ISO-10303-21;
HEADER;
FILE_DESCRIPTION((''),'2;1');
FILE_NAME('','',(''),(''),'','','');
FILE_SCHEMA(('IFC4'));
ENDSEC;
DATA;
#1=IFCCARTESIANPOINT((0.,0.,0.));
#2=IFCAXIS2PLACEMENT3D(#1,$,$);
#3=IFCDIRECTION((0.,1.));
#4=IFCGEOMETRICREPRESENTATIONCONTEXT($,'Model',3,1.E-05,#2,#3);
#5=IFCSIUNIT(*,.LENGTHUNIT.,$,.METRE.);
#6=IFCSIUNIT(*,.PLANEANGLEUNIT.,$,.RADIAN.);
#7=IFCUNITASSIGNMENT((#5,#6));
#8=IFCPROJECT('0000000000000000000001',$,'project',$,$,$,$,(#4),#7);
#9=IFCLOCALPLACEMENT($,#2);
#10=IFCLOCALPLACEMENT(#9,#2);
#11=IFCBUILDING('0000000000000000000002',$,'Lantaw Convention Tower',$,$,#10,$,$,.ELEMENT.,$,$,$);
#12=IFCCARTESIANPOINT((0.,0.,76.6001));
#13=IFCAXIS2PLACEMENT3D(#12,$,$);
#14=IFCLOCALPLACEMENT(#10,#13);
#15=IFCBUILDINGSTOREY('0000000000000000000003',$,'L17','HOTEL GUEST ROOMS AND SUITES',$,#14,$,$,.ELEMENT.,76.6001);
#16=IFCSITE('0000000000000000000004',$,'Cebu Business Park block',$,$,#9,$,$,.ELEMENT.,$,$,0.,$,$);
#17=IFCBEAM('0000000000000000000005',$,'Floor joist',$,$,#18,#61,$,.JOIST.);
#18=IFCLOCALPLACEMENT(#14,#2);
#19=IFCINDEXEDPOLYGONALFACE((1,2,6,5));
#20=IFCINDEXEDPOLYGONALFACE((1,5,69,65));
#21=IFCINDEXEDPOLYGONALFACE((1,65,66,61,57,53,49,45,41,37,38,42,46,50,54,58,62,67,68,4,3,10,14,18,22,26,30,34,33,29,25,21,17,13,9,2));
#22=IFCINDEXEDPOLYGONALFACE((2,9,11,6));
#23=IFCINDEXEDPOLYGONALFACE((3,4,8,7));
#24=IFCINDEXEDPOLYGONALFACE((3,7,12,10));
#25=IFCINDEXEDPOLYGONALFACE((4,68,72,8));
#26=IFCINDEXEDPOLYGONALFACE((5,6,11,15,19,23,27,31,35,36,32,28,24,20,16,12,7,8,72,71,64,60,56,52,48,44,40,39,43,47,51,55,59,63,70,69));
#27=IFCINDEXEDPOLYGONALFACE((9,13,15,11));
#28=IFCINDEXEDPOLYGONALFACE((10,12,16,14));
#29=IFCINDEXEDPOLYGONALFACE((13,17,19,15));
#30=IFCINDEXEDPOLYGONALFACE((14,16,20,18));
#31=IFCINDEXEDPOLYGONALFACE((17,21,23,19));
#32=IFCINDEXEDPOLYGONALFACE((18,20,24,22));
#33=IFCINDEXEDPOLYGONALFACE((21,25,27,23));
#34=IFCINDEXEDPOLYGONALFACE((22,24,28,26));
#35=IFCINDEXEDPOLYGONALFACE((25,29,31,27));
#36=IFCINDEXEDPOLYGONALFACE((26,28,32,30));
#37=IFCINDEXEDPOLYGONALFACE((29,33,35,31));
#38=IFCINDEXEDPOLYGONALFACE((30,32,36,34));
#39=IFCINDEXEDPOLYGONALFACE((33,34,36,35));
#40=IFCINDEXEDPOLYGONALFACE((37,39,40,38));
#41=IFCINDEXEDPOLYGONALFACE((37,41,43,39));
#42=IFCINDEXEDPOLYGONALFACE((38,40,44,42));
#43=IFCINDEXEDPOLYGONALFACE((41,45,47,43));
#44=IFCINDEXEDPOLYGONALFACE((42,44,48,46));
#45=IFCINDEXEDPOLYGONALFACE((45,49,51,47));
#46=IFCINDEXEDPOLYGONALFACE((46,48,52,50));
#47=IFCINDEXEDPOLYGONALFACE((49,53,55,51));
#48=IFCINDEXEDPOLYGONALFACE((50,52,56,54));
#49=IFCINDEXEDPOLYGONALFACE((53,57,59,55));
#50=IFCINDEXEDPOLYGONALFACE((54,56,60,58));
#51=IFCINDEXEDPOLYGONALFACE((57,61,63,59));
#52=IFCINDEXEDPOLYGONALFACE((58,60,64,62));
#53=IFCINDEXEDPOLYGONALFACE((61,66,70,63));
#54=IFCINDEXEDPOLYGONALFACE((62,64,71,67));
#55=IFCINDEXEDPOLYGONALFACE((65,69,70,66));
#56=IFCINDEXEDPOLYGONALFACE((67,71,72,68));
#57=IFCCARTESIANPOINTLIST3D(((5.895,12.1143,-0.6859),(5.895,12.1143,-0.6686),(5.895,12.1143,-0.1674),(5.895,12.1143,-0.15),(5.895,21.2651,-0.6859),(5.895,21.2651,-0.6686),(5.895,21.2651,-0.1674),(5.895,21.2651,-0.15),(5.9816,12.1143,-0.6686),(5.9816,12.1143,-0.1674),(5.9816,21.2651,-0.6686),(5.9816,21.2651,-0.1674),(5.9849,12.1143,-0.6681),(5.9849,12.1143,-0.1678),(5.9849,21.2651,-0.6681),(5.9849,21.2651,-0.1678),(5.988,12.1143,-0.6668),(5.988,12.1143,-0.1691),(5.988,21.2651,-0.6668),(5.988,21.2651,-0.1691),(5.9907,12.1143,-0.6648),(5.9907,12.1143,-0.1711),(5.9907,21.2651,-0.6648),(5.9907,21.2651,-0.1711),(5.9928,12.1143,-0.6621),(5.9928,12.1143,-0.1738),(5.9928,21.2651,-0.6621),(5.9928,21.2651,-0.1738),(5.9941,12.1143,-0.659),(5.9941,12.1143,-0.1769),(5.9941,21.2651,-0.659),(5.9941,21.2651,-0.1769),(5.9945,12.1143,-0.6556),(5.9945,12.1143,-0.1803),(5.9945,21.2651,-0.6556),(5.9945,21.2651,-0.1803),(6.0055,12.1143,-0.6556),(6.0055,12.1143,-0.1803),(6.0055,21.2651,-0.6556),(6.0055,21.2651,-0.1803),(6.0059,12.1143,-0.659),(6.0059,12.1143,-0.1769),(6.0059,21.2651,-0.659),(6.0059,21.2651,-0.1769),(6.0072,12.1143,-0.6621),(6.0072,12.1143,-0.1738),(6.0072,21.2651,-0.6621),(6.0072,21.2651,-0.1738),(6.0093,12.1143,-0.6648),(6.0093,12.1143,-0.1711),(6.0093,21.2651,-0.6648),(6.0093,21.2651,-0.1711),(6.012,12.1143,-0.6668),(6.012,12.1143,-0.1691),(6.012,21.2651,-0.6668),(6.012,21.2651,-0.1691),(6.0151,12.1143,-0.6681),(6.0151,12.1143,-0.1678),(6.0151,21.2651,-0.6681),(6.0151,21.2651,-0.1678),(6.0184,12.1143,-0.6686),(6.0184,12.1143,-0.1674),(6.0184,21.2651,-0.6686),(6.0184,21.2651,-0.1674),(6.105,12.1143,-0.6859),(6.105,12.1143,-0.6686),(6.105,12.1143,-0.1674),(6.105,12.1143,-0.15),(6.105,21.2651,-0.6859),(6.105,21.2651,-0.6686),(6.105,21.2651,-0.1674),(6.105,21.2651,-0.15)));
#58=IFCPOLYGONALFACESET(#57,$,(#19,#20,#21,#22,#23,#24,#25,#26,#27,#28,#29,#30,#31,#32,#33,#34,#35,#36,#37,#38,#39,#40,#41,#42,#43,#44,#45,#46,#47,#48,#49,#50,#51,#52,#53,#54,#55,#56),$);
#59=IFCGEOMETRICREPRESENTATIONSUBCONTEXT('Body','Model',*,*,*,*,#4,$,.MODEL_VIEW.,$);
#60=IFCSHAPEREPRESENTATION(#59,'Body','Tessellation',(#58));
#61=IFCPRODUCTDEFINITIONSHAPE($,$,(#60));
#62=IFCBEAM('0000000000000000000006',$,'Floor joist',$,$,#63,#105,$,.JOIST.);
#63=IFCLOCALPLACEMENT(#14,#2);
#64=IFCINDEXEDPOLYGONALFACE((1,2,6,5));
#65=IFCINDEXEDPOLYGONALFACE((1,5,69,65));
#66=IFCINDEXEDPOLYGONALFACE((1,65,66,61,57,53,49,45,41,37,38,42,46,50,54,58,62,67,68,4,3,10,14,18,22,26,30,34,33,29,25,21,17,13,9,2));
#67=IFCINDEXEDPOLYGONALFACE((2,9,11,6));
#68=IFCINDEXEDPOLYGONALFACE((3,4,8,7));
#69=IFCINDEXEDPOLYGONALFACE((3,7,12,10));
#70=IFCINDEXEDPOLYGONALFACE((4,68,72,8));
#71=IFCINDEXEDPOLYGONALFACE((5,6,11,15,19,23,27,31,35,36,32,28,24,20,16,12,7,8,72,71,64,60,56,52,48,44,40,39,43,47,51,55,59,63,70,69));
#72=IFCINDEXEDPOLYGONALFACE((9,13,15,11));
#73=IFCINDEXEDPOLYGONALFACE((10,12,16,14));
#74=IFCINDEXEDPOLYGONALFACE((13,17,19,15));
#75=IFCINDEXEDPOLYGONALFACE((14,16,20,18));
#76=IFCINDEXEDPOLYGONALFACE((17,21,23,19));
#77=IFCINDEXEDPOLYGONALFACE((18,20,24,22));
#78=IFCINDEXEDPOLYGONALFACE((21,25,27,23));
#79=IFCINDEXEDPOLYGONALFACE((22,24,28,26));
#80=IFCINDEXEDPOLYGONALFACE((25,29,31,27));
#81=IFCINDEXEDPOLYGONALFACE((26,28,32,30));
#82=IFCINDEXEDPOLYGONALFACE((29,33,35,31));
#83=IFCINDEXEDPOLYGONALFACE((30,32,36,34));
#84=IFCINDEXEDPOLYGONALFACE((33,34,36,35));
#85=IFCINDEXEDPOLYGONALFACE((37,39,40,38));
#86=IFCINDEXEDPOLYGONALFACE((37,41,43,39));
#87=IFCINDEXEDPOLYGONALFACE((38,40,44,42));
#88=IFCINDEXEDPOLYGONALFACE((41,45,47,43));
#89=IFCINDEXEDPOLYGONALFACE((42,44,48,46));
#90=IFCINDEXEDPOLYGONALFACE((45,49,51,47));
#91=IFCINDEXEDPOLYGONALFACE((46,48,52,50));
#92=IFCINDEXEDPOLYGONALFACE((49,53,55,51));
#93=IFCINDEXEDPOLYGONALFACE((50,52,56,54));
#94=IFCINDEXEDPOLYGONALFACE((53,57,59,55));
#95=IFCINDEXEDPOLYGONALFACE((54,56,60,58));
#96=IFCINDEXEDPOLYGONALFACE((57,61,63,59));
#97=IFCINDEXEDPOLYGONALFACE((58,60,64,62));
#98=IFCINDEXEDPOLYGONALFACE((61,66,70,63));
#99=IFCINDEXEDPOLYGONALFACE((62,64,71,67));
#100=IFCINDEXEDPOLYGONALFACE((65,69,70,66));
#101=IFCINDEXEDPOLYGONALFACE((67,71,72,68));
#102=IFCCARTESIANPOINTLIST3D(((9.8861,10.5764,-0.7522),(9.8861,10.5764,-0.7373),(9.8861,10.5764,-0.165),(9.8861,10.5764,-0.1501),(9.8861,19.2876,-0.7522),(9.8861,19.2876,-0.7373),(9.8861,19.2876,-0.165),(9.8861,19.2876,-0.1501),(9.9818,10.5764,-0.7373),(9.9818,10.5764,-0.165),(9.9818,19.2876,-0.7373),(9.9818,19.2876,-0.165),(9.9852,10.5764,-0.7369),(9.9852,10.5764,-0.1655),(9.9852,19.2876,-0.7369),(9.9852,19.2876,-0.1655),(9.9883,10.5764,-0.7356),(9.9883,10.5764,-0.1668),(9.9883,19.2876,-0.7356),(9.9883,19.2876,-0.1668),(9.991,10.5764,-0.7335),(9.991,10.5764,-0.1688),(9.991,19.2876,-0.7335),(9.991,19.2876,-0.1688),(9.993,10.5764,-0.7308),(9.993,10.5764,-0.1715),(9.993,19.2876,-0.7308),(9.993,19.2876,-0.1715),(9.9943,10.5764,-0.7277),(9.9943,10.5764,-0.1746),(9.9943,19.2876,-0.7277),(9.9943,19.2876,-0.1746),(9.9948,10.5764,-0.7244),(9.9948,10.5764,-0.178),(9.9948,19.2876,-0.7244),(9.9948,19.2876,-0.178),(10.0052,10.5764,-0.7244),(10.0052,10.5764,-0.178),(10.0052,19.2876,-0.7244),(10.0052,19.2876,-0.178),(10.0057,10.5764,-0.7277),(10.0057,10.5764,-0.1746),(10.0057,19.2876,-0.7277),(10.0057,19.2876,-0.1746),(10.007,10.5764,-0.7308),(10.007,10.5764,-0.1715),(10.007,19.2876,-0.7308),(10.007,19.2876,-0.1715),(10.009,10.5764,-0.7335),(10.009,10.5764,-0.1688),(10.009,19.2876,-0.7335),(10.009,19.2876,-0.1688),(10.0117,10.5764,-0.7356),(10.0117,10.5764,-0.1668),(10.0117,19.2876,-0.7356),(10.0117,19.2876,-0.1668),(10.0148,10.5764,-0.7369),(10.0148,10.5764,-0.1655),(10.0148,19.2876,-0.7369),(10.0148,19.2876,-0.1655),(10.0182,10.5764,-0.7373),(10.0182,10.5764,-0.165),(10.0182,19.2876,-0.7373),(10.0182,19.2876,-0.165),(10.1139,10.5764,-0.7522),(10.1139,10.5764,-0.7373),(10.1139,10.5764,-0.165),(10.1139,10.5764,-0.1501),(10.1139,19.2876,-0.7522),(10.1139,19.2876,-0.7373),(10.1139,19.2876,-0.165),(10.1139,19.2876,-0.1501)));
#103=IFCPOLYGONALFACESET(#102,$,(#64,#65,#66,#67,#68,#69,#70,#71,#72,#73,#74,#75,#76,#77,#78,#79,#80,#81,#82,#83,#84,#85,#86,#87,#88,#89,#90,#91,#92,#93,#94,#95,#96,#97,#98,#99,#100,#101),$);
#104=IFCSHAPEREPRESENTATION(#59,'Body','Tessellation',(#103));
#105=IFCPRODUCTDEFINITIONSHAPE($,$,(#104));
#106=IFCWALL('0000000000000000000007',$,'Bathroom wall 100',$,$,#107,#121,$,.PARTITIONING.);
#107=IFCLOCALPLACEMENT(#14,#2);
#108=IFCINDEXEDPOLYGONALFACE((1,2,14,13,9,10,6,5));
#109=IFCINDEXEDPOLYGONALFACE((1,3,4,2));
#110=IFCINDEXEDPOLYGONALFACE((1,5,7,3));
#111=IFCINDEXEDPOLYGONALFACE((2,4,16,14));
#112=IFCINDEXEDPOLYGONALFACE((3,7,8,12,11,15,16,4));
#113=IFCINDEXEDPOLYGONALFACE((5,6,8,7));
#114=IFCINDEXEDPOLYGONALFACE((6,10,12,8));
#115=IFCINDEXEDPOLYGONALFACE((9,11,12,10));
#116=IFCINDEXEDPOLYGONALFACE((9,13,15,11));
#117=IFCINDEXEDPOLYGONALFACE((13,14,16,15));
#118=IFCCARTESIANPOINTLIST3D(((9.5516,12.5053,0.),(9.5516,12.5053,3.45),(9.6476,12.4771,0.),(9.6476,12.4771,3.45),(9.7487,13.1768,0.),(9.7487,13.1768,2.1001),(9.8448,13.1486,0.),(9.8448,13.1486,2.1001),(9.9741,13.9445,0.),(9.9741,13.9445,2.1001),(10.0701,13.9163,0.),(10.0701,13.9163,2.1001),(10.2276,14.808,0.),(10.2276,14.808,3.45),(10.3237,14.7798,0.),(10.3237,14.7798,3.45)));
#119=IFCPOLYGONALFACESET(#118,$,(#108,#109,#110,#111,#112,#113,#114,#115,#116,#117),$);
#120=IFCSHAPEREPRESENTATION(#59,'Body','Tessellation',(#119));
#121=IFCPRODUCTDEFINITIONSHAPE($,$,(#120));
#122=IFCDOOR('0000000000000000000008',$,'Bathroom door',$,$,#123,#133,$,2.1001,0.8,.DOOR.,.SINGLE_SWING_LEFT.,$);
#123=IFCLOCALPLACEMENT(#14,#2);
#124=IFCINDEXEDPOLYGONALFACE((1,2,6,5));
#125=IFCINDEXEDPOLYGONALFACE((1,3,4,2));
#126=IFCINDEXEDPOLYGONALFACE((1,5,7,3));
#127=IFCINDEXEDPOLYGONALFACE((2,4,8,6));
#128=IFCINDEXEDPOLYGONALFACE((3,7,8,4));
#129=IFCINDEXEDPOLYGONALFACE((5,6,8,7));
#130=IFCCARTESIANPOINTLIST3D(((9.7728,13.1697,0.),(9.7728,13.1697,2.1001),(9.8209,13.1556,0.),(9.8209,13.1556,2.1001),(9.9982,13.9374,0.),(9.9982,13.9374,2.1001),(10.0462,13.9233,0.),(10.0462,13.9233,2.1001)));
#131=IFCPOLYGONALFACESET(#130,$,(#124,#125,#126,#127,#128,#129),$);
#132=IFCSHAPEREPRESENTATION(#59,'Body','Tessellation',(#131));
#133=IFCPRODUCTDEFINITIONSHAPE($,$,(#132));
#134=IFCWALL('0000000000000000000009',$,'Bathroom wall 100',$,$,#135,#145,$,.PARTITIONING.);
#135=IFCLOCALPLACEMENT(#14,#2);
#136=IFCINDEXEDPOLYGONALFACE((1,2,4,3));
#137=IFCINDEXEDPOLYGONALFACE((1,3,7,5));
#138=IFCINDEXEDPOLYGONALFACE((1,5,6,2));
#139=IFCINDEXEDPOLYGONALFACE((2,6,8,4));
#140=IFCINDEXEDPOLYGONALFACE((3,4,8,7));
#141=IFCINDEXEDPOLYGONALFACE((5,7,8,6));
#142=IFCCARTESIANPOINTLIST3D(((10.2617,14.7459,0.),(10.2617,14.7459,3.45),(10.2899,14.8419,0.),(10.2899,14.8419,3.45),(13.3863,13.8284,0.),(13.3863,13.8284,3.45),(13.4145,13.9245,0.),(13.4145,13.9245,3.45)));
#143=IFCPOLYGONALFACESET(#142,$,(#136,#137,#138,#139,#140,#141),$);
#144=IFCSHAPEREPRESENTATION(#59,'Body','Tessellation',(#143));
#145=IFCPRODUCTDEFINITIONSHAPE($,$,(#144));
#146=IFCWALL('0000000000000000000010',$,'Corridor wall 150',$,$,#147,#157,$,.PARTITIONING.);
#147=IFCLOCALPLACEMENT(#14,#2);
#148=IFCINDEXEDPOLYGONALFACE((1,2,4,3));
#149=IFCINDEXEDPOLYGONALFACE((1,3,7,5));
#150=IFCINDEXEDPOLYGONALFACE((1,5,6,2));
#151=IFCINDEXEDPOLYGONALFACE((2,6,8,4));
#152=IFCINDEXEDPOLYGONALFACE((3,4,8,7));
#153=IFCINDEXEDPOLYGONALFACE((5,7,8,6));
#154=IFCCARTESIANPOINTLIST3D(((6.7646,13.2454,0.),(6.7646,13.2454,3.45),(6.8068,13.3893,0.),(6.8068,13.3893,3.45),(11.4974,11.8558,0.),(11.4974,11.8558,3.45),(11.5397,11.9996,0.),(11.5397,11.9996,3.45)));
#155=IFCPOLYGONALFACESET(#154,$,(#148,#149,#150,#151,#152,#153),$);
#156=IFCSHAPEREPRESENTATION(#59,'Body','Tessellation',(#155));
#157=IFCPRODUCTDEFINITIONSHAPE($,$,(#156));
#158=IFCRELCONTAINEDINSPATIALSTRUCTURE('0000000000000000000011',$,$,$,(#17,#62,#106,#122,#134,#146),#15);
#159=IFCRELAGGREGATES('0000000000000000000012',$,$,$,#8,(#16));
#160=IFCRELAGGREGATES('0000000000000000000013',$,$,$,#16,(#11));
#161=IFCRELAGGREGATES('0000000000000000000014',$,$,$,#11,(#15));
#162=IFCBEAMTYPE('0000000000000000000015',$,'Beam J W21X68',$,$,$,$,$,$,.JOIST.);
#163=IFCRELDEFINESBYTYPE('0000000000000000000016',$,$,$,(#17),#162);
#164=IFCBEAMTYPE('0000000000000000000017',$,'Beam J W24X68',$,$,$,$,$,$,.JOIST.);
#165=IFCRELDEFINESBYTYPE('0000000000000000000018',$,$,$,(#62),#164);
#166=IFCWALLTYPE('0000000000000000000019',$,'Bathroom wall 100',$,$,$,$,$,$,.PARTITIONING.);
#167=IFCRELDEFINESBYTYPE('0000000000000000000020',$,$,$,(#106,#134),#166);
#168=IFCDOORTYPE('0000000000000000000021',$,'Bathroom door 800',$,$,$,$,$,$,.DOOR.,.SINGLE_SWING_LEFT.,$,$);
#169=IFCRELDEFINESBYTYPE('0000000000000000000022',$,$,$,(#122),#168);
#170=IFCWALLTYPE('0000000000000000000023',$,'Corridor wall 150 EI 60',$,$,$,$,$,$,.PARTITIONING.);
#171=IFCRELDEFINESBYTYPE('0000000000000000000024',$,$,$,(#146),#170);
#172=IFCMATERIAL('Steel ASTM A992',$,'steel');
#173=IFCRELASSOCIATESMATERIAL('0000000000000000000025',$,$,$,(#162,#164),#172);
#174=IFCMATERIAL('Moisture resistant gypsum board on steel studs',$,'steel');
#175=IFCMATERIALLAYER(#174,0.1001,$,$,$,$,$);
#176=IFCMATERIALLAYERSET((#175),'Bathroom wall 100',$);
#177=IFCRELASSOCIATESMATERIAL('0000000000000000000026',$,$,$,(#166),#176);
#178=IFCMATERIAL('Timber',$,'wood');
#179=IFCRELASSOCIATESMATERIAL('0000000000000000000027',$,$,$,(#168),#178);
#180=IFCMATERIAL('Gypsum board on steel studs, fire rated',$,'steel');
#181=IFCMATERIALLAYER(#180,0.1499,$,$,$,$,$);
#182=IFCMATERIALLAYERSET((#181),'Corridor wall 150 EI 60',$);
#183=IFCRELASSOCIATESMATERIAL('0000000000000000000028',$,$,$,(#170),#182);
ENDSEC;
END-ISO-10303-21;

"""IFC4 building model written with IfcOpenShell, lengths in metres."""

from ifc_helpers import new_model, si_unit, direction, frame, frame_2d, origin, origin_2d, place, context, subcontext, project, spatial, rectangle, i_section, extrude, material, layer, layer_set, material_profile, profile_set, type_object, element, fill, save


model = new_model("IFC4")

# Units and contexts
model_context = context("Model", 3, precision=1e-05, world=origin(), true_north=direction((0.0, 1.0)))
body_context = subcontext(model_context, "Body", "Model", "MODEL_VIEW")
ifc_project = project(units=[si_unit("LENGTHUNIT", "METRE"), si_unit("PLANEANGLEUNIT", "RADIAN")], contexts=[model_context])

# Site, building, storey
site_placement = place(None, origin())
site = spatial("IfcSite", under=ifc_project, at=site_placement, Name="Cebu Business Park block", CompositionType="ELEMENT", RefElevation=0.0)
building_placement = place(site_placement, origin())
building = spatial("IfcBuilding", under=site, at=building_placement, Name="Lantaw Convention Tower", CompositionType="ELEMENT")
storey_placement = place(building_placement, frame((0.0, 0.0, 76.6001)))
storey = spatial("IfcBuildingStorey", under=building, at=storey_placement, Name="L17", Description="HOTEL GUEST ROOMS AND SUITES", CompositionType="ELEMENT", Elevation=76.6001)

# Beams
ifc_material_1 = material(Name="Steel ASTM A992", Category="steel")
ifc_material_profile_1 = material_profile(ifc_material_1, i_section(OverallWidth=0.21, OverallDepth=0.5359, WebThickness=0.011, FlangeThickness=0.0173, FilletRadius=0.0129, at=origin_2d()), Name="W21X68")
ifc_profile_set_1 = profile_set([ifc_material_profile_1], Name="Steel ASTM A992")
beam_type_1 = type_object("IfcBeamType", Name="Beam J W21X68", PredefinedType="JOIST", material=ifc_profile_set_1)
beam_1_placement = place(storey_placement, frame((6.0, 12.1143, -0.418), z_axis=(0.0, 1.0, 0.0), x_axis=(-1.0, 0.0, 0.0)))
element("IfcBeam", 1, at=beam_1_placement, inside=storey, type_object=beam_type_1, Name="Floor joist", PredefinedType="JOIST", context=body_context, shape_type="SweptSolid", body=[
    extrude(i_section(OverallWidth=0.21, OverallDepth=0.5359, WebThickness=0.011, FlangeThickness=0.0173, FilletRadius=0.0129, at=origin_2d()), origin(), (0.0, 0.0, 1.0), 9.1509),
])
ifc_material_profile_2 = material_profile(ifc_material_1, i_section(OverallWidth=0.2278, OverallDepth=0.6021, WebThickness=0.0105, FlangeThickness=0.0149, FilletRadius=0.0129, at=origin_2d()), Name="W24X68")
ifc_profile_set_2 = profile_set([ifc_material_profile_2], Name="Steel ASTM A992")
beam_type_2 = type_object("IfcBeamType", Name="Beam J W24X68", PredefinedType="JOIST", material=ifc_profile_set_2)
beam_2_placement = place(storey_placement, frame((10.0, 10.5764, -0.4512), z_axis=(0.0, 1.0, 0.0), x_axis=(-1.0, 0.0, 0.0)))
element("IfcBeam", 2, at=beam_2_placement, inside=storey, type_object=beam_type_2, Name="Floor joist", PredefinedType="JOIST", context=body_context, shape_type="SweptSolid", body=[
    extrude(i_section(OverallWidth=0.2278, OverallDepth=0.6021, WebThickness=0.0105, FlangeThickness=0.0149, FilletRadius=0.0129, at=origin_2d()), origin(), (0.0, 0.0, 1.0), 8.7112),
])

# Wall, opening, door
ifc_material_2 = material(Name="Moisture resistant gypsum board on steel studs", Category="steel")
ifc_layer_1 = layer(ifc_material_2, 0.1001)
ifc_layer_set_1 = layer_set([ifc_layer_1], Name="Bathroom wall 100")
wall_type_1 = type_object("IfcWallType", Name="Bathroom wall 100", PredefinedType="PARTITIONING", material=ifc_layer_set_1)
wall_1_placement = place(storey_placement, frame((9.5996, 12.4912, 0.0), z_axis=(0.0, 0.0, 1.0), x_axis=(0.281687, 0.959506, 0.0)))
wall_1 = element("IfcWall", 3, at=wall_1_placement, inside=storey, type_object=wall_type_1, Name="Bathroom wall 100", PredefinedType="PARTITIONING", context=body_context, shape_type="SweptSolid", body=[
    extrude(rectangle(XDim=2.3999, YDim=0.1001, at=frame_2d((1.2, 0.0))), origin(), (0.0, 0.0, 1.0), 3.45),
])
opening_1_placement = place(wall_1_placement, frame((0.7, 0.0, 0.0)))
opening_1 = element("IfcOpeningElement", 4, at=opening_1_placement, cuts=wall_1, PredefinedType="OPENING", context=body_context, shape_type="SweptSolid", body=[
    extrude(rectangle(XDim=0.8, YDim=2.1001, at=frame_2d((0.3999, 1.05))), frame((0.0, 0.0601, 0.0), z_axis=(0.0, -1.0, 0.0), x_axis=(1.0, 0.0, 0.0)), (0.0, 0.0, 1.0), 0.1201),
])
ifc_material_3 = material(Name="Timber", Category="wood")
door_type_1 = type_object("IfcDoorType", Name="Bathroom door 800", OperationType="SINGLE_SWING_LEFT", PredefinedType="DOOR", material=ifc_material_3)
door_1_placement = place(opening_1_placement, origin())
door_1 = element("IfcDoor", 5, at=door_1_placement, inside=storey, type_object=door_type_1, Name="Bathroom door", OperationType="SINGLE_SWING_LEFT", OverallHeight=2.1001, OverallWidth=0.8, PredefinedType="DOOR", context=body_context, shape_type="SweptSolid", body=[
    extrude(rectangle(XDim=0.8, YDim=2.1001, at=frame_2d((0.3999, 1.05))), frame((0.0, 0.0249, 0.0), z_axis=(0.0, -1.0, 0.0), x_axis=(1.0, 0.0, 0.0)), (0.0, 0.0, 1.0), 0.05),
])
fill(opening_1, door_1)

# Walls
wall_2_placement = place(storey_placement, frame((10.2756, 14.7939, 0.0), z_axis=(0.0, 0.0, 1.0), x_axis=(0.959496, -0.281724, 0.0)))
element("IfcWall", 6, at=wall_2_placement, inside=storey, type_object=wall_type_1, Name="Bathroom wall 100", PredefinedType="PARTITIONING", context=body_context, shape_type="SweptSolid", body=[
    extrude(rectangle(XDim=3.2566, YDim=0.1001, at=frame_2d((1.6284, 0.0))), origin(), (0.0, 0.0, 1.0), 3.45),
])
ifc_material_4 = material(Name="Gypsum board on steel studs, fire rated", Category="steel")
ifc_layer_2 = layer(ifc_material_4, 0.1499)
ifc_layer_set_2 = layer_set([ifc_layer_2], Name="Corridor wall 150 EI 60")
wall_type_2 = type_object("IfcWallType", Name="Corridor wall 150 EI 60", PredefinedType="PARTITIONING", material=ifc_layer_set_2)
wall_3_placement = place(storey_placement, frame((11.5186, 11.9277, 0.0), z_axis=(0.0, 0.0, 1.0), x_axis=(-0.959496, 0.281721, 0.0)))
element("IfcWall", 7, at=wall_3_placement, inside=storey, type_object=wall_type_2, Name="Corridor wall 150", PredefinedType="PARTITIONING", context=body_context, shape_type="SweptSolid", body=[
    extrude(rectangle(XDim=4.9326, YDim=0.1499, at=frame_2d((2.4663, 0.0))), origin(), (0.0, 0.0, 1.0), 3.45),
])

save(model, "model.ifc")
